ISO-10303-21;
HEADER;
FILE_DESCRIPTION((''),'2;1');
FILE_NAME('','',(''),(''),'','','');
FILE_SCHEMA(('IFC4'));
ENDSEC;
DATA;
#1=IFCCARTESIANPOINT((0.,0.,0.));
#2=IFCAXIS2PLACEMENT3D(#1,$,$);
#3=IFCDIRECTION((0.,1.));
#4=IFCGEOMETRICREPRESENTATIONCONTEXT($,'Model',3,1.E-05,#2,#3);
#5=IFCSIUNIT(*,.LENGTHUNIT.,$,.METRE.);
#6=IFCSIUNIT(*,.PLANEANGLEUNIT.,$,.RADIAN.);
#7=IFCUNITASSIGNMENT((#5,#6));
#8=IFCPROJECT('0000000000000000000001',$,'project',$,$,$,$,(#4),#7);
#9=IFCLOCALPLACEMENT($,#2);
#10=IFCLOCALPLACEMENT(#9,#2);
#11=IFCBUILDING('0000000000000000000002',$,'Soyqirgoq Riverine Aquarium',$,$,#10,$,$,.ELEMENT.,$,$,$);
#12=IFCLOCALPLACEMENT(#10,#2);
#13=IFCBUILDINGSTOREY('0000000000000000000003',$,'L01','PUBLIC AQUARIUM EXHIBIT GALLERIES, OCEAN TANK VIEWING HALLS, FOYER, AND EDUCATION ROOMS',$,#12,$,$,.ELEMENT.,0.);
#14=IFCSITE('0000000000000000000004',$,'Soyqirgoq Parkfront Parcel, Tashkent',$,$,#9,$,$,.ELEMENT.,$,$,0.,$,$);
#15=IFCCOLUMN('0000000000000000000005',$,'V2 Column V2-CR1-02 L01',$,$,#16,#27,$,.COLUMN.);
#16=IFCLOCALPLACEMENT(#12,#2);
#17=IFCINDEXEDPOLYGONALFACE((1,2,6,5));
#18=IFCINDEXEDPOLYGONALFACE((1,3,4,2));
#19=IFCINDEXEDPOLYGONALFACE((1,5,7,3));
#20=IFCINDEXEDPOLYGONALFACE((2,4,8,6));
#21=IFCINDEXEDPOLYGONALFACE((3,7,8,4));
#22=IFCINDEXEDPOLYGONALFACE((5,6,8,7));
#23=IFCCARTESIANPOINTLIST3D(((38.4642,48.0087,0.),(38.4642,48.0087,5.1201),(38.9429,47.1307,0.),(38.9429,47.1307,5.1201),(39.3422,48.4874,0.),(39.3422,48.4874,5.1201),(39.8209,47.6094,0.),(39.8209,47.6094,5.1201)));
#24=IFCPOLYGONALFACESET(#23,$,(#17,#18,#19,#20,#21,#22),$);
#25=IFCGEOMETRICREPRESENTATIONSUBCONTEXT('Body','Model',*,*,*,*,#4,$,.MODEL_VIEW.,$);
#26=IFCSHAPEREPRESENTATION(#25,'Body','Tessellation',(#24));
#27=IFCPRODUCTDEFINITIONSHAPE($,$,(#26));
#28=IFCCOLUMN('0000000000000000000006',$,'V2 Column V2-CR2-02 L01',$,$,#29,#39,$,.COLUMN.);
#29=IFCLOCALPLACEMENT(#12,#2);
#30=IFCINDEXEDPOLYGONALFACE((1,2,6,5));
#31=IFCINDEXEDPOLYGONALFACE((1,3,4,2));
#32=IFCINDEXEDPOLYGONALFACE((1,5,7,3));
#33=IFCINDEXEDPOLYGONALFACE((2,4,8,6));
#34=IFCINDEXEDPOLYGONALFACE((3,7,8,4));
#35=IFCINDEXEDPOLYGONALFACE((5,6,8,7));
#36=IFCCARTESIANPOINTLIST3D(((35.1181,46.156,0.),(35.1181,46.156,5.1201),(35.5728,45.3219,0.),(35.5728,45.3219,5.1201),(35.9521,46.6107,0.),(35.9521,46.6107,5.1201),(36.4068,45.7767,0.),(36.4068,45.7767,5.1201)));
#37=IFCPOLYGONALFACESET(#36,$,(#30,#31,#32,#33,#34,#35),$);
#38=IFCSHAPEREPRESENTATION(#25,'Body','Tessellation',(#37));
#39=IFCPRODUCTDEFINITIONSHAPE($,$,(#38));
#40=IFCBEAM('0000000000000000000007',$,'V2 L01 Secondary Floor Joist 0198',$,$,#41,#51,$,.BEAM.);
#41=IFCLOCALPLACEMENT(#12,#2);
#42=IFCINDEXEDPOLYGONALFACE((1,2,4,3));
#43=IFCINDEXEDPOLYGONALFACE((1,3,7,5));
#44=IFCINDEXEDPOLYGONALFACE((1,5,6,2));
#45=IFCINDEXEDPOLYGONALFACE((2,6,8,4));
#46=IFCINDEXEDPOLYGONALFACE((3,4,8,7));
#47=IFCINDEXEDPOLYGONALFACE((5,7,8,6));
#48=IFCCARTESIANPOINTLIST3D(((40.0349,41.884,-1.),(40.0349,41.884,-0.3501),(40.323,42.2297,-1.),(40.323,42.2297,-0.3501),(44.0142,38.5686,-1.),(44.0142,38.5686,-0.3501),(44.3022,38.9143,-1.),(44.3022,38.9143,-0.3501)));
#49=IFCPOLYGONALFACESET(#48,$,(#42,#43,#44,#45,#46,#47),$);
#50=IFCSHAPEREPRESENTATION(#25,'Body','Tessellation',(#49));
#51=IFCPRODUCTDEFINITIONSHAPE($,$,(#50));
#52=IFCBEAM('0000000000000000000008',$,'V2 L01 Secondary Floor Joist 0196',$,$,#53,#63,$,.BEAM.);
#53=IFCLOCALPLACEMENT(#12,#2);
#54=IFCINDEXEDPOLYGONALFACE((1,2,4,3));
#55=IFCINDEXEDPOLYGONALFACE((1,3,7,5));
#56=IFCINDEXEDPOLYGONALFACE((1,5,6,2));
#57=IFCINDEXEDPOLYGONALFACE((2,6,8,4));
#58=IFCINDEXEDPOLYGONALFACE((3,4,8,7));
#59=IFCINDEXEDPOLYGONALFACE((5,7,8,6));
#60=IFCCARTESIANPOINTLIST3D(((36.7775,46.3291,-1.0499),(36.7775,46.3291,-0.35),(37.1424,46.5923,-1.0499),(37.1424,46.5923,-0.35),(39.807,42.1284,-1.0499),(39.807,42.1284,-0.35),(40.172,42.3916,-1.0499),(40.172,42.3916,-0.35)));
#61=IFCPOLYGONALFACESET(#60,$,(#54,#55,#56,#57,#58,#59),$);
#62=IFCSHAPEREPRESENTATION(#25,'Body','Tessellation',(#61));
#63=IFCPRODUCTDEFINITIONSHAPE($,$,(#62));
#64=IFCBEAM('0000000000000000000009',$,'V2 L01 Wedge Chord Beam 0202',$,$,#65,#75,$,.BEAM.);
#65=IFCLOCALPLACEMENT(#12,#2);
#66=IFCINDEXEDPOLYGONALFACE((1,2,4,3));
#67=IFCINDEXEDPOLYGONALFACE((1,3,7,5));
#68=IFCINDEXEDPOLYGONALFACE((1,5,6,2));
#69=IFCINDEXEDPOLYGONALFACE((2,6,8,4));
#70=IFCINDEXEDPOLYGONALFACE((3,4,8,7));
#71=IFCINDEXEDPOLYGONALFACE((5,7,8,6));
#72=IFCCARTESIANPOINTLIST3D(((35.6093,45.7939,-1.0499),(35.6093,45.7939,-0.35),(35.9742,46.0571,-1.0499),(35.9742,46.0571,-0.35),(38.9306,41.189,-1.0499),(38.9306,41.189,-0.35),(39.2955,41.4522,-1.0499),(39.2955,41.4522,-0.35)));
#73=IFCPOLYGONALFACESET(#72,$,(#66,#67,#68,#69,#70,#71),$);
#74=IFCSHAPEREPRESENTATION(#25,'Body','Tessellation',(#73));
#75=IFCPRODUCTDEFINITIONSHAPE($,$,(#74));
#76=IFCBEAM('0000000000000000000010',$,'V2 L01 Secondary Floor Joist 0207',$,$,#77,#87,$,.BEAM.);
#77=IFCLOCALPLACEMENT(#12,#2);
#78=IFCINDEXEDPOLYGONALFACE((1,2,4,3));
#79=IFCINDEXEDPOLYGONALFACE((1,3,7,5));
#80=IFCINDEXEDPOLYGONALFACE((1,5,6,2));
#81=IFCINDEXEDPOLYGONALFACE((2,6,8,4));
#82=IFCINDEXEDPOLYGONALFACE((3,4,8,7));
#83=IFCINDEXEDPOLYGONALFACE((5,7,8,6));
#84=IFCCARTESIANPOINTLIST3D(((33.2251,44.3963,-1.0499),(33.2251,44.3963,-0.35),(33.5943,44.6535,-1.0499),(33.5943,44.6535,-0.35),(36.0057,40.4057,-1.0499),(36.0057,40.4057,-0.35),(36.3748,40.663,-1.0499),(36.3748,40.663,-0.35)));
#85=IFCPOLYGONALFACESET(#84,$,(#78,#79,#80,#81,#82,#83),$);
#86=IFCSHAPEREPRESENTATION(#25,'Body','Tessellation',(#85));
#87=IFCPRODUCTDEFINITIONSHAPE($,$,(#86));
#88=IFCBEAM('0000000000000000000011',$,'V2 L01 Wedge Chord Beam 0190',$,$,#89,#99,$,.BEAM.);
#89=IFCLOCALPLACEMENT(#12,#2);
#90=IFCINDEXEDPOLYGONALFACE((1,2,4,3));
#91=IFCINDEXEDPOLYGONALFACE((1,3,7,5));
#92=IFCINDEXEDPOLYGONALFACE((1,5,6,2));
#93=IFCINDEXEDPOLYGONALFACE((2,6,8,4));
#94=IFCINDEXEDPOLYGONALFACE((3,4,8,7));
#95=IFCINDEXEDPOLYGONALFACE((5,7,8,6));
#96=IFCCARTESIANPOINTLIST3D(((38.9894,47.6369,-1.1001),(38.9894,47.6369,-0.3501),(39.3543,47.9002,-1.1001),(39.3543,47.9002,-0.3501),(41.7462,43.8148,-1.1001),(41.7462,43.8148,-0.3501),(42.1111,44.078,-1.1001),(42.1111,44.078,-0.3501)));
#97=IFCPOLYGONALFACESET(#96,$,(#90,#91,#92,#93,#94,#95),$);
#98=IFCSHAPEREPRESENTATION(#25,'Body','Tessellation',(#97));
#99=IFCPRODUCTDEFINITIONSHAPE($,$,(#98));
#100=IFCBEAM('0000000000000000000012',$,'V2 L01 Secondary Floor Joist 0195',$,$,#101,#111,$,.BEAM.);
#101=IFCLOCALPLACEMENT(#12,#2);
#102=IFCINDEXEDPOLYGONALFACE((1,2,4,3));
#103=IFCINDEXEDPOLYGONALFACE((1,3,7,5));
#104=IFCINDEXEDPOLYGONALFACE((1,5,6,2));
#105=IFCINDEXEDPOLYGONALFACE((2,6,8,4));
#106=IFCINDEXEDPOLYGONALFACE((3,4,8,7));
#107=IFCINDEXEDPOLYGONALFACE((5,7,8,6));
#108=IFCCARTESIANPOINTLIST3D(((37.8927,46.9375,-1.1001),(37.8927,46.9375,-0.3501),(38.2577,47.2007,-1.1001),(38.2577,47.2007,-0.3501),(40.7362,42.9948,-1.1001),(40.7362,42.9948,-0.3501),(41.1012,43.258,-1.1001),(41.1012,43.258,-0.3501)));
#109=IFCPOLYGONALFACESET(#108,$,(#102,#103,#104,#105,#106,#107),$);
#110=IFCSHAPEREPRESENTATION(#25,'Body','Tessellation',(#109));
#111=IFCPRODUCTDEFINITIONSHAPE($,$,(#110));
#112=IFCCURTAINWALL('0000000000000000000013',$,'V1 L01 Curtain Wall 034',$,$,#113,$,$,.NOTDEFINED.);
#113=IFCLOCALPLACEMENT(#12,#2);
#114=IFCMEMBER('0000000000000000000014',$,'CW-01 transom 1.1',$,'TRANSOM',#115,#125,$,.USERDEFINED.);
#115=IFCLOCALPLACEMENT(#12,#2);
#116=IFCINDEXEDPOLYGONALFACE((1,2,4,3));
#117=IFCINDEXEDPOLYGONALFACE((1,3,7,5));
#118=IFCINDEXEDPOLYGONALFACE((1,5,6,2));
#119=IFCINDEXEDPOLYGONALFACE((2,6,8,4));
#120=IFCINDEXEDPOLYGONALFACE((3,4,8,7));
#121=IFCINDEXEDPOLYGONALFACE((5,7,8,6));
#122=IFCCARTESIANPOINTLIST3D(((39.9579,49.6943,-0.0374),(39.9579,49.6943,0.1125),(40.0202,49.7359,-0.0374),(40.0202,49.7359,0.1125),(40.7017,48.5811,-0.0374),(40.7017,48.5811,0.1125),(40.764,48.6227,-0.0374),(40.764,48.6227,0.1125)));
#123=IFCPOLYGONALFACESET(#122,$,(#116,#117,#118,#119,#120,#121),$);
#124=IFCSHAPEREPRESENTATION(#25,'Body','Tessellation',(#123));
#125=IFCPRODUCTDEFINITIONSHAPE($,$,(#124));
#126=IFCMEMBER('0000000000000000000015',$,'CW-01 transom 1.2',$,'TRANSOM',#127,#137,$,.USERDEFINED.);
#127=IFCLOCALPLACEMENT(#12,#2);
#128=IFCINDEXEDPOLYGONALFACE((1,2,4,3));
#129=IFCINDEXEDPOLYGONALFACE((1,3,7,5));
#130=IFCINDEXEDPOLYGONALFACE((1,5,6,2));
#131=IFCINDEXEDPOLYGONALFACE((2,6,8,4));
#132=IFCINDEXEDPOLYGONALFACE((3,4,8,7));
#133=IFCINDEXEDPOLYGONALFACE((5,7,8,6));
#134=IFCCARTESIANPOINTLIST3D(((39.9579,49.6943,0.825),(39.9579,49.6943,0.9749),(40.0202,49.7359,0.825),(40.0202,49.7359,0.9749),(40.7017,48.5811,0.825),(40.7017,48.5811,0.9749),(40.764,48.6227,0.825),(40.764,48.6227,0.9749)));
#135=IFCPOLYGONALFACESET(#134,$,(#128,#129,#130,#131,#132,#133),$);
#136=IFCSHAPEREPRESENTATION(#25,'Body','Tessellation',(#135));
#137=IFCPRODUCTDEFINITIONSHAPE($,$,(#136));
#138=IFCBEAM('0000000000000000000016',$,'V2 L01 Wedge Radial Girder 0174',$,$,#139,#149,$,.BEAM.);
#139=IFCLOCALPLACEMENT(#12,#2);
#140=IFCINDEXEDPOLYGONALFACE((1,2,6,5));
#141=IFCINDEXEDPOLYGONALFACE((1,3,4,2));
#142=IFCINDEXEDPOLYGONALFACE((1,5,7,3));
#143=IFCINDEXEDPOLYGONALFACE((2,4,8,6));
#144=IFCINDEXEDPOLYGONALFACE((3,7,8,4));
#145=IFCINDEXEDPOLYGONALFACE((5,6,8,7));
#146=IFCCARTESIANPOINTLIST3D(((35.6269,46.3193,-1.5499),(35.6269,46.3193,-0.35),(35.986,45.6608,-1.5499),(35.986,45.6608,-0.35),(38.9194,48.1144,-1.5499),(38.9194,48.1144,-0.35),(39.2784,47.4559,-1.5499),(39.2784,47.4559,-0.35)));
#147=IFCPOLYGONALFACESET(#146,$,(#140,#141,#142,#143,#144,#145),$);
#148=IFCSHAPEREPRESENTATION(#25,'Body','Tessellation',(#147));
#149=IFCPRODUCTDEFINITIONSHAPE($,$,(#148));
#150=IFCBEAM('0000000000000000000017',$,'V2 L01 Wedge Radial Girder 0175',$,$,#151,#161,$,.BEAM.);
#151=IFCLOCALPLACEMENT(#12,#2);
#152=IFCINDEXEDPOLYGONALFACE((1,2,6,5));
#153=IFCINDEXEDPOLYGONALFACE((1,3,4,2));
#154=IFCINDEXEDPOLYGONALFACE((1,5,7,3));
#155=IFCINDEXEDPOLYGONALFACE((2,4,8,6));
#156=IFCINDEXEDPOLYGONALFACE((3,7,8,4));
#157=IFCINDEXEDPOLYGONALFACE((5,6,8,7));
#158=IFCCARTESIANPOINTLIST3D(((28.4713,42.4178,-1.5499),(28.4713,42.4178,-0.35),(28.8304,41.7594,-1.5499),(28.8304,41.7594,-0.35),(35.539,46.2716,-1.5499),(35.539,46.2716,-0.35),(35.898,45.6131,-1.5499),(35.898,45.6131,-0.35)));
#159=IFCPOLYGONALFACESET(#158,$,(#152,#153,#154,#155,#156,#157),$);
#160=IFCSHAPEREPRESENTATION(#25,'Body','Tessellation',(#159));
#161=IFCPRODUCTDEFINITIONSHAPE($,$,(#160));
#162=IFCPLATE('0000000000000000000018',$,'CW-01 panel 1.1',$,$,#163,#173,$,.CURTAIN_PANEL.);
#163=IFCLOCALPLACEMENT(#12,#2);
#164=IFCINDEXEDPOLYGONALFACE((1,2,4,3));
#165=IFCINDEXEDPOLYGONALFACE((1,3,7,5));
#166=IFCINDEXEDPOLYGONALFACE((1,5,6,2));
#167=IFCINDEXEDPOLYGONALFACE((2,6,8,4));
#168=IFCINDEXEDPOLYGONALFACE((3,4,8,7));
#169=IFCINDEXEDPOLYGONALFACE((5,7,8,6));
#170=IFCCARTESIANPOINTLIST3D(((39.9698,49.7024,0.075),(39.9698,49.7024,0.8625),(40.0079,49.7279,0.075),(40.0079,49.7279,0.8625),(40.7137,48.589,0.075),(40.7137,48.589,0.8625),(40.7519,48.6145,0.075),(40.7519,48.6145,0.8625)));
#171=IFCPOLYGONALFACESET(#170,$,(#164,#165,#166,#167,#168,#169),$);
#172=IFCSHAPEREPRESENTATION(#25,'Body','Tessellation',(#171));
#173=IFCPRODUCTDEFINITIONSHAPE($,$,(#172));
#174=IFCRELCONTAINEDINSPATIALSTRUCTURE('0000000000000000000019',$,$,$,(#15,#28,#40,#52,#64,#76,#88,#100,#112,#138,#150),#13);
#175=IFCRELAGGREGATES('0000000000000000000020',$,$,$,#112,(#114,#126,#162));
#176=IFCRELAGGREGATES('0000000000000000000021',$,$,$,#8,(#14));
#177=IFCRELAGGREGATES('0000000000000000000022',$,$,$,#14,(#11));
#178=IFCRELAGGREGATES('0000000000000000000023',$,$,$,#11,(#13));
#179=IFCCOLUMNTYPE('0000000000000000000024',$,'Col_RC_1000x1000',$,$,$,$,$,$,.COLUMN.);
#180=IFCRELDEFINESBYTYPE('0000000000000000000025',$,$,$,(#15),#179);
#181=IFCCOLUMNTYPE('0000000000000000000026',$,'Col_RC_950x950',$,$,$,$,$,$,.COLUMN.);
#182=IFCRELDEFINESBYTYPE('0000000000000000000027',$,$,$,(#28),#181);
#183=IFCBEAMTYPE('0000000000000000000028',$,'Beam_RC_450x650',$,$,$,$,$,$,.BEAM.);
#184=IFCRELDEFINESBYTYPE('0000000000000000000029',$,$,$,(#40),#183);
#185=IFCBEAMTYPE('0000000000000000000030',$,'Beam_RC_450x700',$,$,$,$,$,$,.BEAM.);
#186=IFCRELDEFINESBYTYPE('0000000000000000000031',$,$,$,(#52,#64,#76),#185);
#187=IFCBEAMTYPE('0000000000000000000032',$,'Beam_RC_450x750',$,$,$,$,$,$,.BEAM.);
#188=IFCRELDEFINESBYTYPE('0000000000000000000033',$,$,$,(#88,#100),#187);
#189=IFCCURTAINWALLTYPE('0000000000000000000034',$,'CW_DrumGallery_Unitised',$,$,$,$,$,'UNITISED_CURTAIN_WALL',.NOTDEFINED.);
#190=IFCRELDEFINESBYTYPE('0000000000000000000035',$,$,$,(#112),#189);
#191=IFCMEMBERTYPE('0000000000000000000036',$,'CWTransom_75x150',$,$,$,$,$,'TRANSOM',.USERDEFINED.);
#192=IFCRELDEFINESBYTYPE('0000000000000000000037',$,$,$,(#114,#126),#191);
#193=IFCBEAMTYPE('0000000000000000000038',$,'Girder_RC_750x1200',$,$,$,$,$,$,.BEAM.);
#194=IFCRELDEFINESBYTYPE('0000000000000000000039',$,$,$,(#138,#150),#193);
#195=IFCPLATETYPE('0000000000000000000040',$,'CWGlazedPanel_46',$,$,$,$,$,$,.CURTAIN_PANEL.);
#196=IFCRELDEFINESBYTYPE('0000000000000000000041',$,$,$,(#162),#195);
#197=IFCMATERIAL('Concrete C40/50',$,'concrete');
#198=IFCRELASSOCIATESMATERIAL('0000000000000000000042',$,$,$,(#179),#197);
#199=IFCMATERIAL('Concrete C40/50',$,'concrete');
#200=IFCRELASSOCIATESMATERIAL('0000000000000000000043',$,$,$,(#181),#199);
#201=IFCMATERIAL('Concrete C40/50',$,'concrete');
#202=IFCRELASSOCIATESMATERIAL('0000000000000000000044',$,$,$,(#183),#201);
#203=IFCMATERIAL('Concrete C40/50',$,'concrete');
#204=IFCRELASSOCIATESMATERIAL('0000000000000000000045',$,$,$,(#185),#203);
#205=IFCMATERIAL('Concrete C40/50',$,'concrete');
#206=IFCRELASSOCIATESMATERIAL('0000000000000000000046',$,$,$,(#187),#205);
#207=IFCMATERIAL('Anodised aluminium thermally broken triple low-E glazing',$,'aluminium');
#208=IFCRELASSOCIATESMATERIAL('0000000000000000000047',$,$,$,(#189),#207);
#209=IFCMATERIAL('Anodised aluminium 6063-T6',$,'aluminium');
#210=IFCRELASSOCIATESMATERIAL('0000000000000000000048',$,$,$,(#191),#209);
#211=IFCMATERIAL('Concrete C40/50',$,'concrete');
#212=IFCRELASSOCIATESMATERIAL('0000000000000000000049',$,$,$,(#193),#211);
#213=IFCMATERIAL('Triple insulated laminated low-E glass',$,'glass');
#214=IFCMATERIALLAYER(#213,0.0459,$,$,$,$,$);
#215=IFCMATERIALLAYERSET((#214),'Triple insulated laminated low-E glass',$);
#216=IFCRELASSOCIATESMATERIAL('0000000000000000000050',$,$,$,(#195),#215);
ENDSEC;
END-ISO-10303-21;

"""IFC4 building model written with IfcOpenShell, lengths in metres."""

from ifc_helpers import new_model, si_unit, direction, frame, origin, origin_2d, place, context, subcontext, project, spatial, rectangle, extrude, material, layer, layer_set, material_profile, profile_set, type_object, element, aggregate, save


model = new_model("IFC4")

# Units and contexts
model_context = context("Model", 3, precision=1e-05, world=origin(), true_north=direction((0.0, 1.0)))
body_context = subcontext(model_context, "Body", "Model", "MODEL_VIEW")
ifc_project = project(units=[si_unit("LENGTHUNIT", "METRE"), si_unit("PLANEANGLEUNIT", "RADIAN")], contexts=[model_context])

# Site, building, storey
site_placement = place(None, origin())
site = spatial("IfcSite", under=ifc_project, at=site_placement, Name="Soyqirgoq Parkfront Parcel, Tashkent", CompositionType="ELEMENT", RefElevation=0.0)
building_placement = place(site_placement, origin())
building = spatial("IfcBuilding", under=site, at=building_placement, Name="Soyqirgoq Riverine Aquarium", CompositionType="ELEMENT")
storey_placement = place(building_placement, origin())
storey = spatial("IfcBuildingStorey", under=building, at=storey_placement, Name="L01", Description="PUBLIC AQUARIUM EXHIBIT GALLERIES, OCEAN TANK VIEWING HALLS, FOYER, AND EDUCATION ROOMS", CompositionType="ELEMENT", Elevation=0.0)

# Columns
ifc_material_1 = material(Name="Concrete C40/50", Category="concrete")
ifc_material_profile_1 = material_profile(ifc_material_1, rectangle(XDim=1.0, YDim=1.0, at=origin_2d()), Name="RC 1000x1000")
ifc_profile_set_1 = profile_set([ifc_material_profile_1], Name="Concrete C40/50")
column_type_1 = type_object("IfcColumnType", Name="Col_RC_1000x1000", PredefinedType="COLUMN", material=ifc_profile_set_1)
column_1_placement = place(storey_placement, frame((39.1426, 47.8091, 0.0), z_axis=(0.0, 0.0, 1.0), x_axis=(-0.877983, -0.478692, 0.0)))
element("IfcColumn", 1, at=column_1_placement, inside=storey, type_object=column_type_1, Name="V2 Column V2-CR1-02 L01", PredefinedType="COLUMN", context=body_context, shape_type="SweptSolid", body=[
    extrude(rectangle(XDim=1.0, YDim=1.0, at=origin_2d()), origin(), (0.0, 0.0, 1.0), 5.1201),
])
ifc_material_2 = material(Name="Concrete C40/50", Category="concrete")
ifc_material_profile_2 = material_profile(ifc_material_2, rectangle(XDim=0.95, YDim=0.95, at=origin_2d()), Name="RC 950x950")
ifc_profile_set_2 = profile_set([ifc_material_profile_2], Name="Concrete C40/50")
column_type_2 = type_object("IfcColumnType", Name="Col_RC_950x950", PredefinedType="COLUMN", material=ifc_profile_set_2)
column_2_placement = place(storey_placement, frame((35.7625, 45.9663, 0.0), z_axis=(0.0, 0.0, 1.0), x_axis=(-0.877983, -0.478692, 0.0)))
element("IfcColumn", 2, at=column_2_placement, inside=storey, type_object=column_type_2, Name="V2 Column V2-CR2-02 L01", PredefinedType="COLUMN", context=body_context, shape_type="SweptSolid", body=[
    extrude(rectangle(XDim=0.95, YDim=0.95, at=origin_2d()), origin(), (0.0, 0.0, 1.0), 5.1201),
])

# Beams
ifc_material_3 = material(Name="Concrete C40/50", Category="concrete")
ifc_material_profile_3 = material_profile(ifc_material_3, rectangle(XDim=0.45, YDim=0.6499, at=origin_2d()), Name="RC 450x650")
ifc_profile_set_3 = profile_set([ifc_material_profile_3], Name="Concrete C40/50")
beam_type_1 = type_object("IfcBeamType", Name="Beam_RC_450x650", PredefinedType="BEAM", material=ifc_profile_set_3)
beam_1_placement = place(storey_placement, frame((40.179, 42.0569, -0.675), z_axis=(0.768279, -0.640115, 0.0), x_axis=(0.640115, 0.768279, 0.0)))
element("IfcBeam", 3, at=beam_1_placement, inside=storey, type_object=beam_type_1, Name="V2 L01 Secondary Floor Joist 0198", PredefinedType="BEAM", context=body_context, shape_type="SweptSolid", body=[
    extrude(rectangle(XDim=0.45, YDim=0.6499, at=origin_2d()), origin(), (0.0, 0.0, 1.0), 5.1794),
])
ifc_material_4 = material(Name="Concrete C40/50", Category="concrete")
ifc_material_profile_4 = material_profile(ifc_material_4, rectangle(XDim=0.45, YDim=0.7, at=origin_2d()), Name="RC 450x700")
ifc_profile_set_4 = profile_set([ifc_material_profile_4], Name="Concrete C40/50")
beam_type_2 = type_object("IfcBeamType", Name="Beam_RC_450x700", PredefinedType="BEAM", material=ifc_profile_set_4)
beam_2_placement = place(storey_placement, frame((36.96, 46.4607, -0.7), z_axis=(0.584947, -0.811072, 0.0), x_axis=(0.811072, 0.584947, 0.0)))
element("IfcBeam", 4, at=beam_2_placement, inside=storey, type_object=beam_type_2, Name="V2 L01 Secondary Floor Joist 0196", PredefinedType="BEAM", context=body_context, shape_type="SweptSolid", body=[
    extrude(rectangle(XDim=0.45, YDim=0.7, at=origin_2d()), origin(), (0.0, 0.0, 1.0), 5.1792),
])
beam_3_placement = place(storey_placement, frame((35.7917, 45.9255, -0.7), z_axis=(0.584966, -0.811058, 0.0), x_axis=(0.811058, 0.584966, 0.0)))
element("IfcBeam", 5, at=beam_3_placement, inside=storey, type_object=beam_type_2, Name="V2 L01 Wedge Chord Beam 0202", PredefinedType="BEAM", context=body_context, shape_type="SweptSolid", body=[
    extrude(rectangle(XDim=0.45, YDim=0.7, at=origin_2d()), origin(), (0.0, 0.0, 1.0), 5.6777),
])
beam_4_placement = place(storey_placement, frame((33.4097, 44.5249, -0.7), z_axis=(0.571692, -0.820468, 0.0), x_axis=(0.820468, 0.571692, 0.0)))
element("IfcBeam", 6, at=beam_4_placement, inside=storey, type_object=beam_type_2, Name="V2 L01 Secondary Floor Joist 0207", PredefinedType="BEAM", context=body_context, shape_type="SweptSolid", body=[
    extrude(rectangle(XDim=0.45, YDim=0.7, at=origin_2d()), origin(), (0.0, 0.0, 1.0), 4.8638),
])
ifc_material_5 = material(Name="Concrete C40/50", Category="concrete")
ifc_material_profile_5 = material_profile(ifc_material_5, rectangle(XDim=0.45, YDim=0.75, at=origin_2d()), Name="RC 450x750")
ifc_profile_set_5 = profile_set([ifc_material_profile_5], Name="Concrete C40/50")
beam_type_3 = type_object("IfcBeamType", Name="Beam_RC_450x750", PredefinedType="BEAM", material=ifc_profile_set_5)
beam_5_placement = place(storey_placement, frame((39.1719, 47.7686, -0.7251), z_axis=(0.584976, -0.811051, 0.0), x_axis=(0.811051, 0.584976, 0.0)))
element("IfcBeam", 7, at=beam_5_placement, inside=storey, type_object=beam_type_3, Name="V2 L01 Wedge Chord Beam 0190", PredefinedType="BEAM", context=body_context, shape_type="SweptSolid", body=[
    extrude(rectangle(XDim=0.45, YDim=0.75, at=origin_2d()), origin(), (0.0, 0.0, 1.0), 4.7126),
])
beam_6_placement = place(storey_placement, frame((38.0752, 47.0691, -0.7251), z_axis=(0.584957, -0.811064, 0.0), x_axis=(0.811064, 0.584957, 0.0)))
element("IfcBeam", 8, at=beam_6_placement, inside=storey, type_object=beam_type_3, Name="V2 L01 Secondary Floor Joist 0195", PredefinedType="BEAM", context=body_context, shape_type="SweptSolid", body=[
    extrude(rectangle(XDim=0.45, YDim=0.75, at=origin_2d()), origin(), (0.0, 0.0, 1.0), 4.8611),
])

# Curtain wall, members
ifc_material_6 = material(Name="Anodised aluminium thermally broken triple low-E glazing", Category="aluminium")
curtain_wall_type = type_object("IfcCurtainWallType", Name="CW_DrumGallery_Unitised", ElementType="UNITISED_CURTAIN_WALL", PredefinedType="NOTDEFINED", material=ifc_material_6)
curtain_wall_placement = place(storey_placement, origin())
curtain_wall = element("IfcCurtainWall", 9, at=curtain_wall_placement, inside=storey, type_object=curtain_wall_type, Name="V1 L01 Curtain Wall 034", PredefinedType="NOTDEFINED")
ifc_material_7 = material(Name="Anodised aluminium 6063-T6", Category="aluminium")
ifc_material_profile_6 = material_profile(ifc_material_7, rectangle(XDim=0.075, YDim=0.1499, at=origin_2d()), Name="ALU-T 75x150")
ifc_profile_set_6 = profile_set([ifc_material_profile_6], Name="Anodised aluminium 6063-T6")
member_type = type_object("IfcMemberType", Name="CWTransom_75x150", ElementType="TRANSOM", PredefinedType="USERDEFINED", material=ifc_profile_set_6)
member_1_placement = place(storey_placement, frame((39.989, 49.7151, 0.0376), z_axis=(0.555584, -0.831461, 0.0), x_axis=(0.831461, 0.555584, 0.0)))
member_1 = element("IfcMember", 10, at=member_1_placement, type_object=member_type, Name="CW-01 transom 1.1", ObjectType="TRANSOM", PredefinedType="USERDEFINED", context=body_context, shape_type="SweptSolid", body=[
    extrude(rectangle(XDim=0.075, YDim=0.1499, at=origin_2d()), origin(), (0.0, 0.0, 1.0), 1.3389),
])
member_2_placement = place(storey_placement, frame((39.989, 49.7151, 0.8999), z_axis=(0.555584, -0.831461, 0.0), x_axis=(0.831461, 0.555584, 0.0)))
member_2 = element("IfcMember", 11, at=member_2_placement, type_object=member_type, Name="CW-01 transom 1.2", ObjectType="TRANSOM", PredefinedType="USERDEFINED", context=body_context, shape_type="SweptSolid", body=[
    extrude(rectangle(XDim=0.075, YDim=0.1499, at=origin_2d()), origin(), (0.0, 0.0, 1.0), 1.3389),
])

# Beams
ifc_material_8 = material(Name="Concrete C40/50", Category="concrete")
ifc_material_profile_7 = material_profile(ifc_material_8, rectangle(XDim=0.75, YDim=1.2, at=origin_2d()), Name="RC 750x1200")
ifc_profile_set_7 = profile_set([ifc_material_profile_7], Name="Concrete C40/50")
beam_type_4 = type_object("IfcBeamType", Name="Girder_RC_750x1200", PredefinedType="BEAM", material=ifc_profile_set_7)
beam_7_placement = place(storey_placement, frame((39.0989, 47.7852, -0.95), z_axis=(-0.877978, -0.478702, 0.0), x_axis=(0.478702, -0.877978, 0.0)))
element("IfcBeam", 12, at=beam_7_placement, inside=storey, type_object=beam_type_4, Name="V2 L01 Wedge Radial Girder 0174", PredefinedType="BEAM", context=body_context, shape_type="SweptSolid", body=[
    extrude(rectangle(XDim=0.75, YDim=1.2, at=origin_2d()), origin(), (0.0, 0.0, 1.0), 3.75),
])
beam_8_placement = place(storey_placement, frame((35.7185, 45.9424, -0.95), z_axis=(-0.877964, -0.478727, 0.0), x_axis=(0.478727, -0.877964, 0.0)))
element("IfcBeam", 13, at=beam_8_placement, inside=storey, type_object=beam_type_4, Name="V2 L01 Wedge Radial Girder 0175", PredefinedType="BEAM", context=body_context, shape_type="SweptSolid", body=[
    extrude(rectangle(XDim=0.75, YDim=1.2, at=origin_2d()), origin(), (0.0, 0.0, 1.0), 8.05),
])

# Plate
ifc_material_9 = material(Name="Triple insulated laminated low-E glass", Category="glass")
ifc_layer_1 = layer(ifc_material_9, 0.0459)
ifc_layer_set_1 = layer_set([ifc_layer_1], Name="Triple insulated laminated low-E glass")
plate_type = type_object("IfcPlateType", Name="CWGlazedPanel_46", PredefinedType="CURTAIN_PANEL", material=ifc_layer_set_1)
plate_1_placement = place(storey_placement, frame((40.3608, 49.1584, 0.075), z_axis=(0.0, 0.0, 1.0), x_axis=(0.555574, -0.831467, 0.0)))
plate_1 = element("IfcPlate", 14, at=plate_1_placement, type_object=plate_type, Name="CW-01 panel 1.1", PredefinedType="CURTAIN_PANEL", context=body_context, shape_type="SweptSolid", body=[
    extrude(rectangle(XDim=1.3391, YDim=0.0459, at=origin_2d()), origin(), (0.0, 0.0, 1.0), 0.7876),
])
aggregate(curtain_wall, [member_1, member_2, plate_1])

save(model, "model.ifc")
